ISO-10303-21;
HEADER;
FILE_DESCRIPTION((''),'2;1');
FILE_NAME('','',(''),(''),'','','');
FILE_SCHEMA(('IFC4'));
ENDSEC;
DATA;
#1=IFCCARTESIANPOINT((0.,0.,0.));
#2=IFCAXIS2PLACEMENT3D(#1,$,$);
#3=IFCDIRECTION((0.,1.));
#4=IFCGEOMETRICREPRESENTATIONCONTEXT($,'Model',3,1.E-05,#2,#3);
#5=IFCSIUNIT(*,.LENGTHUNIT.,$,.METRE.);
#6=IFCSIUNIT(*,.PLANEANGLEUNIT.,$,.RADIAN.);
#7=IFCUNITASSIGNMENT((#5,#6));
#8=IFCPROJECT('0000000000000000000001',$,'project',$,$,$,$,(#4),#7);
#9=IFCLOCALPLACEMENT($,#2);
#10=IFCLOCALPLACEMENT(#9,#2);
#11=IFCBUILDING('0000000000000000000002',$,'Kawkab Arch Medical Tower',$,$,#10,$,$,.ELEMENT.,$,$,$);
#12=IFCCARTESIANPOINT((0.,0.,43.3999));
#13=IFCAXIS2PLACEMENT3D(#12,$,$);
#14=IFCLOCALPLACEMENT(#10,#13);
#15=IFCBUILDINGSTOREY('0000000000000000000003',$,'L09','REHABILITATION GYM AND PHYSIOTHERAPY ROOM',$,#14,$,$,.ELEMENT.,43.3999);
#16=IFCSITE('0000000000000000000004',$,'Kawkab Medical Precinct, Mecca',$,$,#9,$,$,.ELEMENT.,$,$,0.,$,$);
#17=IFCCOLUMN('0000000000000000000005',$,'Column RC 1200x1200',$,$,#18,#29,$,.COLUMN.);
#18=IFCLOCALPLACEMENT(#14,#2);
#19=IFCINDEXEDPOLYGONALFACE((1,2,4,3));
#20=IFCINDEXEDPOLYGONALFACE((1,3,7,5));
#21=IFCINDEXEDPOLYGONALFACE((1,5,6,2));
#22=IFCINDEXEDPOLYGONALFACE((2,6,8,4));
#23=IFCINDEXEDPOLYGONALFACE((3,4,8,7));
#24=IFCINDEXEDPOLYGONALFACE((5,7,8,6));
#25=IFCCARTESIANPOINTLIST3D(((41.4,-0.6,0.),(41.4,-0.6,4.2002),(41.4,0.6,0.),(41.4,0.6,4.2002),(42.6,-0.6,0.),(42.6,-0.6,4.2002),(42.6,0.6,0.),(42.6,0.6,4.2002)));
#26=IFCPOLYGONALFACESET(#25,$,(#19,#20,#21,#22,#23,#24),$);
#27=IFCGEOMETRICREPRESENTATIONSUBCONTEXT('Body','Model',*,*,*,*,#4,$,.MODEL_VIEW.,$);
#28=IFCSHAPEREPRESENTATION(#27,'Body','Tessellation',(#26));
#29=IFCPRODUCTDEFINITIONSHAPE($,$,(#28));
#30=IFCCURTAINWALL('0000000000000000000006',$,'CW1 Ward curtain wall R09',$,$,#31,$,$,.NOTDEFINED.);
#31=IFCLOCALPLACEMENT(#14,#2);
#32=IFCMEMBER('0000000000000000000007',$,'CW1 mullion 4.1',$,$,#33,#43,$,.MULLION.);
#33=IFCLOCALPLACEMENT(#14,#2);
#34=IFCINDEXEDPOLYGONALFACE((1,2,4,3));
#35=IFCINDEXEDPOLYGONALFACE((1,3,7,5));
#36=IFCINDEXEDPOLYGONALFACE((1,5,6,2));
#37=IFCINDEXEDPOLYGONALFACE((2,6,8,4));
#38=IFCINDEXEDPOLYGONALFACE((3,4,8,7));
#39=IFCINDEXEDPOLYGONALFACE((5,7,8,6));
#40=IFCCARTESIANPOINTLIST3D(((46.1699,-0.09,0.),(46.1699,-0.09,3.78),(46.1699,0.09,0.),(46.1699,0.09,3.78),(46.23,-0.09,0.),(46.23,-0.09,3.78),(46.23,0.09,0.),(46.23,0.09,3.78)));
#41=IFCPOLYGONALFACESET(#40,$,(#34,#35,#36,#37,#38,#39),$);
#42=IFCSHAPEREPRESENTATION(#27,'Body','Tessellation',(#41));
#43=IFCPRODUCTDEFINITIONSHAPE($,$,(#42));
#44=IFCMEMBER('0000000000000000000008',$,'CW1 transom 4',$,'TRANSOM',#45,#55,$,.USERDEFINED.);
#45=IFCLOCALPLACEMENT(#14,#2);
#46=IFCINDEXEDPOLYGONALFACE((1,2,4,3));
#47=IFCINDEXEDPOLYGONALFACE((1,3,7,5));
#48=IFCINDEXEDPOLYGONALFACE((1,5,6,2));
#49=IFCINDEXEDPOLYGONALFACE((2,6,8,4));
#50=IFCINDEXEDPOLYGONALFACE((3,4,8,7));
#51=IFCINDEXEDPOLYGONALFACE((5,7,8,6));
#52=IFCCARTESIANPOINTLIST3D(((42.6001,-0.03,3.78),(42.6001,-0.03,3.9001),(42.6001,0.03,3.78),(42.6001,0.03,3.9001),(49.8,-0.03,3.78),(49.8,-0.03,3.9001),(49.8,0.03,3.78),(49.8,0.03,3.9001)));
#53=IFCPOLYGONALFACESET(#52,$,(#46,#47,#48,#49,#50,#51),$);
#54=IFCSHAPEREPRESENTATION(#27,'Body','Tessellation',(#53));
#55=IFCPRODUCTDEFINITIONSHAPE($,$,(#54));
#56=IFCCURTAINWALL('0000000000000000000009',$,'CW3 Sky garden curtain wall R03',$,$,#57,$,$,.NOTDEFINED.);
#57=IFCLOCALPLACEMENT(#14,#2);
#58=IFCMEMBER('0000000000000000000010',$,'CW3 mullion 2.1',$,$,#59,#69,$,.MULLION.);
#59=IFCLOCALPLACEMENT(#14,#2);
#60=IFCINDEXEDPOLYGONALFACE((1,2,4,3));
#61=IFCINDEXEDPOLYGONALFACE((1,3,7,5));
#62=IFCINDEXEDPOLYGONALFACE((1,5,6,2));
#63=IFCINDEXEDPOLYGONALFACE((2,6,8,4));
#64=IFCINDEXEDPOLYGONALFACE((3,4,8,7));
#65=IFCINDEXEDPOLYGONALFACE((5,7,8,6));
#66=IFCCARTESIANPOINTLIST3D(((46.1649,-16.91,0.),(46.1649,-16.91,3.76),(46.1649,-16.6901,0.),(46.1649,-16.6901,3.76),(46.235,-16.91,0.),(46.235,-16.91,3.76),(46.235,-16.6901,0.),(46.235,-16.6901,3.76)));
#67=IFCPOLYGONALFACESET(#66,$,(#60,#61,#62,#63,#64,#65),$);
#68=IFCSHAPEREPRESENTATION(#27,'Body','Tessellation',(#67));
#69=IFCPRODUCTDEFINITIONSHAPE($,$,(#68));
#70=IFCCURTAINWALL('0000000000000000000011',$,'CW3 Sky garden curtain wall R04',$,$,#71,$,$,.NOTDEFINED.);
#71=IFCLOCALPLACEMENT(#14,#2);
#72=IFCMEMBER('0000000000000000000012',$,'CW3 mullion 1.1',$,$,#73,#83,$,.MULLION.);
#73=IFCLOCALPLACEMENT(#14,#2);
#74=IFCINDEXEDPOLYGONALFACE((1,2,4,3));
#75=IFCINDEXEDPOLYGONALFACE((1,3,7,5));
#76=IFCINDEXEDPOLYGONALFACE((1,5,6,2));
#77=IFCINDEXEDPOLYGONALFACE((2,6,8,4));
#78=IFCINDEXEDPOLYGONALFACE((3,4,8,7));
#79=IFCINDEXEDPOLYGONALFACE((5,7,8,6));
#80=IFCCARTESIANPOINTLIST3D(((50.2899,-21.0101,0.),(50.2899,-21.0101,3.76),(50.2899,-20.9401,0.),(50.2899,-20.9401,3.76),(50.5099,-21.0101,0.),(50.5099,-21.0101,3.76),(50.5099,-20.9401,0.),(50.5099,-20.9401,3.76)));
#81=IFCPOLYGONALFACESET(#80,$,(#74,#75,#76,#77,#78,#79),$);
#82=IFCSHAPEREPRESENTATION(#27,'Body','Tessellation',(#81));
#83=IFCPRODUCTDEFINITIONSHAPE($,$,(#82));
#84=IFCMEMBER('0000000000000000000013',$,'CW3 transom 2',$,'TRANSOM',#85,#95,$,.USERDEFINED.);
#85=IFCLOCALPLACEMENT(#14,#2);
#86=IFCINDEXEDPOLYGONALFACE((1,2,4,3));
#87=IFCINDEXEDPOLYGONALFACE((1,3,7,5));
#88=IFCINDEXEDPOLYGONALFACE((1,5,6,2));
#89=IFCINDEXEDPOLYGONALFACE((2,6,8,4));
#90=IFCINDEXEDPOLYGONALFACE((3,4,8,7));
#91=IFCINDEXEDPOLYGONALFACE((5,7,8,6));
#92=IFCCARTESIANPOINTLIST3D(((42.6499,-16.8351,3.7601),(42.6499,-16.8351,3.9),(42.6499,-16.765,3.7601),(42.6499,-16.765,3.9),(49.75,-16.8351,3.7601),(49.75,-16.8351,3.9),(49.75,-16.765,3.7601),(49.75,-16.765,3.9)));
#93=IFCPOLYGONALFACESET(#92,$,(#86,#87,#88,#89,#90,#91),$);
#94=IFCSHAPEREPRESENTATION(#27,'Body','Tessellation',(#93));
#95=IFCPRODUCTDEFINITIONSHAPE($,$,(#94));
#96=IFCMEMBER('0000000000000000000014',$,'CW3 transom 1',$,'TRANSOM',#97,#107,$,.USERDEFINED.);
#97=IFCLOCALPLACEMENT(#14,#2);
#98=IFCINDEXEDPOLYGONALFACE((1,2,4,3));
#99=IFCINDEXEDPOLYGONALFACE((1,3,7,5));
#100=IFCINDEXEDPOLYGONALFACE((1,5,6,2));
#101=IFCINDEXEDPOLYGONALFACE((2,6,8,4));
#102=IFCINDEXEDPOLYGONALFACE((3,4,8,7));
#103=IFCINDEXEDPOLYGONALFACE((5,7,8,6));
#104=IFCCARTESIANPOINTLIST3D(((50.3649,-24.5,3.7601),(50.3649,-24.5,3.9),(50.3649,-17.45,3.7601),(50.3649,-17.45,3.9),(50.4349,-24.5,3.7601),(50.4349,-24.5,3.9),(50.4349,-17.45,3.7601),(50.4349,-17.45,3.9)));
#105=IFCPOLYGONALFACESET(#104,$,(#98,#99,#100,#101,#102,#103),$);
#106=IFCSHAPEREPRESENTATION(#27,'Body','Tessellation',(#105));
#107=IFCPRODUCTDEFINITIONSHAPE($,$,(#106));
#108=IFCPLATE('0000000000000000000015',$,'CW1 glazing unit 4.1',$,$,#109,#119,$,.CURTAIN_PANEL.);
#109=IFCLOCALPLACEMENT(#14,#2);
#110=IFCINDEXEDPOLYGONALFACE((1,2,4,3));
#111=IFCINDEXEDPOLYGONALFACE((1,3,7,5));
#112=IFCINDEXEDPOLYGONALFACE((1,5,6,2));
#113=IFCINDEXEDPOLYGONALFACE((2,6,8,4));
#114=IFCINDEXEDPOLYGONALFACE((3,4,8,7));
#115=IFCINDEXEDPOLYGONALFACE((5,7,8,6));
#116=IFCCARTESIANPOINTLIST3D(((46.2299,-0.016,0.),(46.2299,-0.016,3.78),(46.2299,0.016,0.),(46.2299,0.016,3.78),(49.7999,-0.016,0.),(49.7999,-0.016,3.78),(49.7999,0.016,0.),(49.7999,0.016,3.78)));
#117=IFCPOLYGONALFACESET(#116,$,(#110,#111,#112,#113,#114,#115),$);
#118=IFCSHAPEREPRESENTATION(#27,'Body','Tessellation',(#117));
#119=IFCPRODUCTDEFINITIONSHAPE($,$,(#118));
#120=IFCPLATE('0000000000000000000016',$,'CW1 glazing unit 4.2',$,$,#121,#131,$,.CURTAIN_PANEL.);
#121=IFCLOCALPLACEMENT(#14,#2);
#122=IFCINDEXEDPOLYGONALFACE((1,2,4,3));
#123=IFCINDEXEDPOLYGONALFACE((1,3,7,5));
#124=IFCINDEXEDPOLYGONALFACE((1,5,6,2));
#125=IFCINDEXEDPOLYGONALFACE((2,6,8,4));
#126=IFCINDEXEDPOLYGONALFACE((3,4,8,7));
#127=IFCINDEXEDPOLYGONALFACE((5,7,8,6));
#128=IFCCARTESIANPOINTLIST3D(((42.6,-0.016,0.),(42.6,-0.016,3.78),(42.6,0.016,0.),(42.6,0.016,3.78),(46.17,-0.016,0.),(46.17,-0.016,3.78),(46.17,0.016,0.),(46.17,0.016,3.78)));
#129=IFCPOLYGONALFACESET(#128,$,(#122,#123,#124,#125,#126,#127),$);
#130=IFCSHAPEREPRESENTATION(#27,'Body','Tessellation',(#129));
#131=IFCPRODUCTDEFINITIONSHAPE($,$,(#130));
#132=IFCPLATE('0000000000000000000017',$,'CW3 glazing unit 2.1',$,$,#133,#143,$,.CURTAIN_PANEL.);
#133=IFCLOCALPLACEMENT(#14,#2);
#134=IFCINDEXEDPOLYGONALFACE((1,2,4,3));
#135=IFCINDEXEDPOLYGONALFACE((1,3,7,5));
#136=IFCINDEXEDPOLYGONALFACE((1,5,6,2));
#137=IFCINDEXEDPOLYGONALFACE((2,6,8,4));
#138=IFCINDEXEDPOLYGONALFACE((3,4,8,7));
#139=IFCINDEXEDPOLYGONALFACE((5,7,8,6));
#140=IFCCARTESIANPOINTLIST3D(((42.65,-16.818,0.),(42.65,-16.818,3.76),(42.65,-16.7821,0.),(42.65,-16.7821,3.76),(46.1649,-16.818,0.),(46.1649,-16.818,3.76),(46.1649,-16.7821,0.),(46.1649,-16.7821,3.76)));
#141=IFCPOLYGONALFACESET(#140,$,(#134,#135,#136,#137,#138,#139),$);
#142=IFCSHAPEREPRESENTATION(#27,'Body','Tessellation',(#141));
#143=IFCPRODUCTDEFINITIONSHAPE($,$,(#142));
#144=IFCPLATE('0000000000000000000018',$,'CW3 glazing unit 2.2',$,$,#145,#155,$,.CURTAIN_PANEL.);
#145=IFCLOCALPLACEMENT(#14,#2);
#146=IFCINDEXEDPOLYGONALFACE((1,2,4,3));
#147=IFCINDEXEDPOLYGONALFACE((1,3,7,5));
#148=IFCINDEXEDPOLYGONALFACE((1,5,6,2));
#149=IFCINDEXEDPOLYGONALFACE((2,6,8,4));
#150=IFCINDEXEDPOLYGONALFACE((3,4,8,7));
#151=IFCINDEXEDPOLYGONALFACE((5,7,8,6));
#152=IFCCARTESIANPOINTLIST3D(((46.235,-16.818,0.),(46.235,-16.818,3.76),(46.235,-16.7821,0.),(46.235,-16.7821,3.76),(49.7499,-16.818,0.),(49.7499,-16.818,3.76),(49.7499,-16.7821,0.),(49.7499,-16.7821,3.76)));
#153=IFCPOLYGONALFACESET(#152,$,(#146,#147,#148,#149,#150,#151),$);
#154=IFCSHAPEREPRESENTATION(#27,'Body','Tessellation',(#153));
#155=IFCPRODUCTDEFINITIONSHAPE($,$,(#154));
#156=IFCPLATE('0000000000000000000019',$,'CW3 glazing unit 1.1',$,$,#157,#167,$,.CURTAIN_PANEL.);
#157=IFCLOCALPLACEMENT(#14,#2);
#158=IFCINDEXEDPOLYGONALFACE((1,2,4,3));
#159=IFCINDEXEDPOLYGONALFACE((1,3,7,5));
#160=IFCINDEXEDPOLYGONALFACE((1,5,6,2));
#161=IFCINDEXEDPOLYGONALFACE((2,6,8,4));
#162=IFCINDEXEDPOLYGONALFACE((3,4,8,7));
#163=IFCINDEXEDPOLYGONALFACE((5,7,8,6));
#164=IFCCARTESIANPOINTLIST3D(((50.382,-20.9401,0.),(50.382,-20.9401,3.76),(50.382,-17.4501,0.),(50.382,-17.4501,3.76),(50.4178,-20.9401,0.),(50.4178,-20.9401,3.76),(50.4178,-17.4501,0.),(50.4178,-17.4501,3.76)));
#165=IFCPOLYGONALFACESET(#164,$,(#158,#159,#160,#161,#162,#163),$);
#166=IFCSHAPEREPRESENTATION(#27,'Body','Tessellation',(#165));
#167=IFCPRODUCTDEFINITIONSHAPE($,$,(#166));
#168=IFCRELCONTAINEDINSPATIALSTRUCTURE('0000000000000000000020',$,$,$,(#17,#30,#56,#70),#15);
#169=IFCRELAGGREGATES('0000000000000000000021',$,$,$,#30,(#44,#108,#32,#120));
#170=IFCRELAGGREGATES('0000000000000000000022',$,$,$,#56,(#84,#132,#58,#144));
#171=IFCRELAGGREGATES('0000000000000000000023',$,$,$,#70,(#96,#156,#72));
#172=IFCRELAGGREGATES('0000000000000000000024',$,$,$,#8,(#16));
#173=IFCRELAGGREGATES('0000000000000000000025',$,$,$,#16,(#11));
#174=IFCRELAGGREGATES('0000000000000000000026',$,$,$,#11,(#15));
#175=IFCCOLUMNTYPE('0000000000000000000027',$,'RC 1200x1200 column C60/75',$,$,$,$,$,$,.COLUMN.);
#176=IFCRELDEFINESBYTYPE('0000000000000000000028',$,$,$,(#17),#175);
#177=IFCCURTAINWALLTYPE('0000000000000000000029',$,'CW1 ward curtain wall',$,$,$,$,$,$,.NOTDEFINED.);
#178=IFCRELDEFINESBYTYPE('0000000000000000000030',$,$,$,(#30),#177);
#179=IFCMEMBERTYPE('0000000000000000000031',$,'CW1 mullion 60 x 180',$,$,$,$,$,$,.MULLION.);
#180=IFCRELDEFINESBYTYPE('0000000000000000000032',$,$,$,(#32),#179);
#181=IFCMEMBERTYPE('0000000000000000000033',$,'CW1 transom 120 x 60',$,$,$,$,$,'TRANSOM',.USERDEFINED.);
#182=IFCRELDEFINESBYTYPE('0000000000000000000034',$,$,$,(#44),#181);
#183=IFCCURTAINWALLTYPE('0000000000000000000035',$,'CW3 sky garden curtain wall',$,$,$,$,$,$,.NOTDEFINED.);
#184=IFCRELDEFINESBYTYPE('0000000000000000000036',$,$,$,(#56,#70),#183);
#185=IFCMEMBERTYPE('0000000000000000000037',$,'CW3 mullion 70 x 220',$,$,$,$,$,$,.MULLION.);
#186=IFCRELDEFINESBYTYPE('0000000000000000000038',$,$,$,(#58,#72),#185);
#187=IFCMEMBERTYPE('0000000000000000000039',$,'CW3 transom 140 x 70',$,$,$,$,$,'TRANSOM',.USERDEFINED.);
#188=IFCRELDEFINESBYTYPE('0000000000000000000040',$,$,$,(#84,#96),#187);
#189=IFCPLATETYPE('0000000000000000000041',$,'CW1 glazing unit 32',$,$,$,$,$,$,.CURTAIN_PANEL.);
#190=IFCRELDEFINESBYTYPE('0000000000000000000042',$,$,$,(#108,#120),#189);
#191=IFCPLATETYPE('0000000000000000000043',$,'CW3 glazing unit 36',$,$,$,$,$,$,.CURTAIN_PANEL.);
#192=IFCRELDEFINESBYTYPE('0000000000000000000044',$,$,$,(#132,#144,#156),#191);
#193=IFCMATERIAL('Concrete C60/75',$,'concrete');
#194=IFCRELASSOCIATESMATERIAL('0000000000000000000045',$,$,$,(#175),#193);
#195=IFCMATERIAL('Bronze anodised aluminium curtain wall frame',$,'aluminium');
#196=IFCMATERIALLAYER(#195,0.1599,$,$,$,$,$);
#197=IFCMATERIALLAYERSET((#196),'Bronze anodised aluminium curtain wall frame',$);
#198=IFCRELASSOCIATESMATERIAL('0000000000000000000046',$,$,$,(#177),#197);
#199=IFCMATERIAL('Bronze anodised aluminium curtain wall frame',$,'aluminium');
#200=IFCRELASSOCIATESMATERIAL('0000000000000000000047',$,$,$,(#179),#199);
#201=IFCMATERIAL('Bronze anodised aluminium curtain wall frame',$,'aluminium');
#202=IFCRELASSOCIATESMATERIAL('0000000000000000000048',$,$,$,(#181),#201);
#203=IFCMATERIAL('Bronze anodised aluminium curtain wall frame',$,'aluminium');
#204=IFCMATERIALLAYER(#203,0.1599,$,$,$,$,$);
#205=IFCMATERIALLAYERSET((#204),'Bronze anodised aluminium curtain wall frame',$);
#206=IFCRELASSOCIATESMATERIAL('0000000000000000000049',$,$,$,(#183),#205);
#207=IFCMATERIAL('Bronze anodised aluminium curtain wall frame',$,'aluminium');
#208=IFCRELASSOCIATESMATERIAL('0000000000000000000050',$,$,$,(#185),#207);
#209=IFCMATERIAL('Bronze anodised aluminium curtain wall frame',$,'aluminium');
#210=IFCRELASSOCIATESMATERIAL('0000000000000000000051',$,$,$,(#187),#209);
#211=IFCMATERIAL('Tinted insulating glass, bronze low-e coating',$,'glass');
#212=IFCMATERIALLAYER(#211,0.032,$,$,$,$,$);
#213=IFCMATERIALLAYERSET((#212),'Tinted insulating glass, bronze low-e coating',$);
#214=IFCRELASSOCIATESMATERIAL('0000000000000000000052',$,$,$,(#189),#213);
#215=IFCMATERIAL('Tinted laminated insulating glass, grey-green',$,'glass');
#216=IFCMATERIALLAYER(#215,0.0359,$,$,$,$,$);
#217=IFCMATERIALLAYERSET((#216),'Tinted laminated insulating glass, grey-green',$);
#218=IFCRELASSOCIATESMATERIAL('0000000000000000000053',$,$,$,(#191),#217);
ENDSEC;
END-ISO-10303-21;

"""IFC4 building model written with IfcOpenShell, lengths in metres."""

from ifc_helpers import new_model, si_unit, direction, frame, origin, origin_2d, place, context, subcontext, project, spatial, rectangle, extrude, material, layer, layer_set, material_profile, profile_set, type_object, element, aggregate, save


model = new_model("IFC4")

# Units and contexts
model_context = context("Model", 3, precision=1e-05, world=origin(), true_north=direction((0.0, 1.0)))
body_context = subcontext(model_context, "Body", "Model", "MODEL_VIEW")
ifc_project = project(units=[si_unit("LENGTHUNIT", "METRE"), si_unit("PLANEANGLEUNIT", "RADIAN")], contexts=[model_context])

# Site, building, storey
site_placement = place(None, origin())
site = spatial("IfcSite", under=ifc_project, at=site_placement, Name="Kawkab Medical Precinct, Mecca", CompositionType="ELEMENT", RefElevation=0.0)
building_placement = place(site_placement, origin())
building = spatial("IfcBuilding", under=site, at=building_placement, Name="Kawkab Arch Medical Tower", CompositionType="ELEMENT")
storey_placement = place(building_placement, frame((0.0, 0.0, 43.3999)))
storey = spatial("IfcBuildingStorey", under=building, at=storey_placement, Name="L09", Description="REHABILITATION GYM AND PHYSIOTHERAPY ROOM", CompositionType="ELEMENT", Elevation=43.3999)

# Column
ifc_material_1 = material(Name="Concrete C60/75", Category="concrete")
ifc_material_profile_1 = material_profile(ifc_material_1, rectangle(XDim=1.2, YDim=1.2, at=origin_2d()), Name="RC 1200x1200")
ifc_profile_set_1 = profile_set([ifc_material_profile_1], Name="Concrete C60/75")
column_type = type_object("IfcColumnType", Name="RC 1200x1200 column C60/75", PredefinedType="COLUMN", material=ifc_profile_set_1)
column_placement = place(storey_placement, frame((42.0, 0.0, 0.0), z_axis=(0.0, 0.0, 1.0), x_axis=(1.0, 0.0, 0.0)))
element("IfcColumn", 1, at=column_placement, inside=storey, type_object=column_type, Name="Column RC 1200x1200", PredefinedType="COLUMN", context=body_context, shape_type="SweptSolid", body=[
    extrude(rectangle(XDim=1.2, YDim=1.2, at=origin_2d()), origin(), (0.0, 0.0, 1.0), 4.2002),
])

# Curtain wall, members
ifc_material_2 = material(Name="Bronze anodised aluminium curtain wall frame", Category="aluminium")
ifc_layer_1 = layer(ifc_material_2, 0.1599)
ifc_layer_set_1 = layer_set([ifc_layer_1], Name="Bronze anodised aluminium curtain wall frame")
curtain_wall_type_1 = type_object("IfcCurtainWallType", Name="CW1 ward curtain wall", PredefinedType="NOTDEFINED", material=ifc_layer_set_1)
placement = place(storey_placement, origin())
curtain_wall_1 = element("IfcCurtainWall", 2, at=placement, inside=storey, type_object=curtain_wall_type_1, Name="CW1 Ward curtain wall R09", PredefinedType="NOTDEFINED")
ifc_material_3 = material(Name="Bronze anodised aluminium curtain wall frame", Category="aluminium")
ifc_material_profile_2 = material_profile(ifc_material_3, rectangle(XDim=0.1799, YDim=0.0601, at=origin_2d()), Name="AL 60x180")
ifc_profile_set_2 = profile_set([ifc_material_profile_2], Name="Bronze anodised aluminium curtain wall frame")
member_type_1 = type_object("IfcMemberType", Name="CW1 mullion 60 x 180", PredefinedType="MULLION", material=ifc_profile_set_2)
member_1_placement = place(storey_placement, frame((46.2, 0.0, 0.0), z_axis=(0.0, 0.0, 1.0), x_axis=(0.0, -1.0, 0.0)))
member_1 = element("IfcMember", 3, at=member_1_placement, type_object=member_type_1, Name="CW1 mullion 4.1", PredefinedType="MULLION", context=body_context, shape_type="SweptSolid", body=[
    extrude(rectangle(XDim=0.1799, YDim=0.0601, at=origin_2d()), origin(), (0.0, 0.0, 1.0), 3.78),
])
ifc_material_4 = material(Name="Bronze anodised aluminium curtain wall frame", Category="aluminium")
ifc_material_profile_3 = material_profile(ifc_material_4, rectangle(XDim=0.0601, YDim=0.1201, at=origin_2d()), Name="AL 60x120")
ifc_profile_set_3 = profile_set([ifc_material_profile_3], Name="Bronze anodised aluminium curtain wall frame")
member_type_2 = type_object("IfcMemberType", Name="CW1 transom 120 x 60", ElementType="TRANSOM", PredefinedType="USERDEFINED", material=ifc_profile_set_3)
member_2_placement = place(storey_placement, frame((49.8, 0.0, 3.8401), z_axis=(-1.0, 0.0, 0.0), x_axis=(0.0, -1.0, 0.0)))
member_2 = element("IfcMember", 4, at=member_2_placement, type_object=member_type_2, Name="CW1 transom 4", ObjectType="TRANSOM", PredefinedType="USERDEFINED", context=body_context, shape_type="SweptSolid", body=[
    extrude(rectangle(XDim=0.0601, YDim=0.1201, at=origin_2d()), origin(), (0.0, 0.0, 1.0), 7.2),
])

# Curtain walls, members
ifc_material_5 = material(Name="Bronze anodised aluminium curtain wall frame", Category="aluminium")
ifc_layer_2 = layer(ifc_material_5, 0.1599)
ifc_layer_set_2 = layer_set([ifc_layer_2], Name="Bronze anodised aluminium curtain wall frame")
curtain_wall_type_2 = type_object("IfcCurtainWallType", Name="CW3 sky garden curtain wall", PredefinedType="NOTDEFINED", material=ifc_layer_set_2)
curtain_wall_2 = element("IfcCurtainWall", 5, at=placement, inside=storey, type_object=curtain_wall_type_2, Name="CW3 Sky garden curtain wall R03", PredefinedType="NOTDEFINED")
ifc_material_6 = material(Name="Bronze anodised aluminium curtain wall frame", Category="aluminium")
ifc_material_profile_4 = material_profile(ifc_material_6, rectangle(XDim=0.22, YDim=0.0701, at=origin_2d()), Name="AL 70x220")
ifc_profile_set_4 = profile_set([ifc_material_profile_4], Name="Bronze anodised aluminium curtain wall frame")
member_type_3 = type_object("IfcMemberType", Name="CW3 mullion 70 x 220", PredefinedType="MULLION", material=ifc_profile_set_4)
member_3_placement = place(storey_placement, frame((46.2, -16.8, 0.0), z_axis=(0.0, 0.0, 1.0), x_axis=(0.0, 1.0, 0.0)))
member_3 = element("IfcMember", 6, at=member_3_placement, type_object=member_type_3, Name="CW3 mullion 2.1", PredefinedType="MULLION", context=body_context, shape_type="SweptSolid", body=[
    extrude(rectangle(XDim=0.22, YDim=0.0701, at=origin_2d()), origin(), (0.0, 0.0, 1.0), 3.76),
])
curtain_wall_3 = element("IfcCurtainWall", 7, at=placement, inside=storey, type_object=curtain_wall_type_2, Name="CW3 Sky garden curtain wall R04", PredefinedType="NOTDEFINED")
member_4_placement = place(storey_placement, frame((50.3999, -20.9751, 0.0), z_axis=(0.0, 0.0, 1.0), x_axis=(1.0, 0.0, 0.0)))
member_4 = element("IfcMember", 8, at=member_4_placement, type_object=member_type_3, Name="CW3 mullion 1.1", PredefinedType="MULLION", context=body_context, shape_type="SweptSolid", body=[
    extrude(rectangle(XDim=0.22, YDim=0.0701, at=origin_2d()), origin(), (0.0, 0.0, 1.0), 3.76),
])

# Members
ifc_material_7 = material(Name="Bronze anodised aluminium curtain wall frame", Category="aluminium")
ifc_material_profile_5 = material_profile(ifc_material_7, rectangle(XDim=0.0701, YDim=0.1399, at=origin_2d()), Name="AL 70x140")
ifc_profile_set_5 = profile_set([ifc_material_profile_5], Name="Bronze anodised aluminium curtain wall frame")
member_type_4 = type_object("IfcMemberType", Name="CW3 transom 140 x 70", ElementType="TRANSOM", PredefinedType="USERDEFINED", material=ifc_profile_set_5)
member_5_placement = place(storey_placement, frame((42.6499, -16.8, 3.8301), z_axis=(1.0, 0.0, 0.0), x_axis=(0.0, 1.0, 0.0)))
member_5 = element("IfcMember", 9, at=member_5_placement, type_object=member_type_4, Name="CW3 transom 2", ObjectType="TRANSOM", PredefinedType="USERDEFINED", context=body_context, shape_type="SweptSolid", body=[
    extrude(rectangle(XDim=0.0701, YDim=0.1399, at=origin_2d()), origin(), (0.0, 0.0, 1.0), 7.1001),
])
member_6_placement = place(storey_placement, frame((50.3999, -17.45, 3.8301), z_axis=(0.0, -1.0, 0.0), x_axis=(1.0, 0.0, 0.0)))
member_6 = element("IfcMember", 10, at=member_6_placement, type_object=member_type_4, Name="CW3 transom 1", ObjectType="TRANSOM", PredefinedType="USERDEFINED", context=body_context, shape_type="SweptSolid", body=[
    extrude(rectangle(XDim=0.0701, YDim=0.1399, at=origin_2d()), origin(), (0.0, 0.0, 1.0), 7.05),
])

# Plates
ifc_material_8 = material(Name="Tinted insulating glass, bronze low-e coating", Category="glass")
ifc_layer_3 = layer(ifc_material_8, 0.032)
ifc_layer_set_3 = layer_set([ifc_layer_3], Name="Tinted insulating glass, bronze low-e coating")
plate_type_1 = type_object("IfcPlateType", Name="CW1 glazing unit 32", PredefinedType="CURTAIN_PANEL", material=ifc_layer_set_3)
plate_1_placement = place(storey_placement, frame((48.0149, 0.0, 0.0), z_axis=(0.0, 0.0, 1.0), x_axis=(-1.0, 0.0, 0.0)))
plate_1 = element("IfcPlate", 11, at=plate_1_placement, type_object=plate_type_1, Name="CW1 glazing unit 4.1", PredefinedType="CURTAIN_PANEL", context=body_context, shape_type="SweptSolid", body=[
    extrude(rectangle(XDim=3.5701, YDim=0.032, at=origin_2d()), origin(), (0.0, 0.0, 1.0), 3.78),
])
plate_2_placement = place(storey_placement, frame((44.385, 0.0, 0.0), z_axis=(0.0, 0.0, 1.0), x_axis=(-1.0, 0.0, 0.0)))
plate_2 = element("IfcPlate", 12, at=plate_2_placement, type_object=plate_type_1, Name="CW1 glazing unit 4.2", PredefinedType="CURTAIN_PANEL", context=body_context, shape_type="SweptSolid", body=[
    extrude(rectangle(XDim=3.5701, YDim=0.032, at=origin_2d()), origin(), (0.0, 0.0, 1.0), 3.78),
])
aggregate(curtain_wall_1, [member_2, plate_1, member_1, plate_2])
ifc_material_9 = material(Name="Tinted laminated insulating glass, grey-green", Category="glass")
ifc_layer_4 = layer(ifc_material_9, 0.0359)
ifc_layer_set_4 = layer_set([ifc_layer_4], Name="Tinted laminated insulating glass, grey-green")
plate_type_2 = type_object("IfcPlateType", Name="CW3 glazing unit 36", PredefinedType="CURTAIN_PANEL", material=ifc_layer_set_4)
plate_3_placement = place(storey_placement, frame((44.4075, -16.8, 0.0), z_axis=(0.0, 0.0, 1.0), x_axis=(1.0, 0.0, 0.0)))
plate_3 = element("IfcPlate", 13, at=plate_3_placement, type_object=plate_type_2, Name="CW3 glazing unit 2.1", PredefinedType="CURTAIN_PANEL", context=body_context, shape_type="SweptSolid", body=[
    extrude(rectangle(XDim=3.5149, YDim=0.0359, at=origin_2d()), origin(), (0.0, 0.0, 1.0), 3.76),
])
plate_4_placement = place(storey_placement, frame((47.9924, -16.8, 0.0), z_axis=(0.0, 0.0, 1.0), x_axis=(1.0, 0.0, 0.0)))
plate_4 = element("IfcPlate", 14, at=plate_4_placement, type_object=plate_type_2, Name="CW3 glazing unit 2.2", PredefinedType="CURTAIN_PANEL", context=body_context, shape_type="SweptSolid", body=[
    extrude(rectangle(XDim=3.5149, YDim=0.0359, at=origin_2d()), origin(), (0.0, 0.0, 1.0), 3.76),
])
aggregate(curtain_wall_2, [member_5, plate_3, member_3, plate_4])
plate_5_placement = place(storey_placement, frame((50.3999, -19.1951, 0.0), z_axis=(0.0, 0.0, 1.0), x_axis=(0.0, -1.0, 0.0)))
plate_5 = element("IfcPlate", 15, at=plate_5_placement, type_object=plate_type_2, Name="CW3 glazing unit 1.1", PredefinedType="CURTAIN_PANEL", context=body_context, shape_type="SweptSolid", body=[
    extrude(rectangle(XDim=3.49, YDim=0.0359, at=origin_2d()), origin(), (0.0, 0.0, 1.0), 3.76),
])
aggregate(curtain_wall_3, [member_6, plate_5, member_4])

save(model, "model.ifc")
